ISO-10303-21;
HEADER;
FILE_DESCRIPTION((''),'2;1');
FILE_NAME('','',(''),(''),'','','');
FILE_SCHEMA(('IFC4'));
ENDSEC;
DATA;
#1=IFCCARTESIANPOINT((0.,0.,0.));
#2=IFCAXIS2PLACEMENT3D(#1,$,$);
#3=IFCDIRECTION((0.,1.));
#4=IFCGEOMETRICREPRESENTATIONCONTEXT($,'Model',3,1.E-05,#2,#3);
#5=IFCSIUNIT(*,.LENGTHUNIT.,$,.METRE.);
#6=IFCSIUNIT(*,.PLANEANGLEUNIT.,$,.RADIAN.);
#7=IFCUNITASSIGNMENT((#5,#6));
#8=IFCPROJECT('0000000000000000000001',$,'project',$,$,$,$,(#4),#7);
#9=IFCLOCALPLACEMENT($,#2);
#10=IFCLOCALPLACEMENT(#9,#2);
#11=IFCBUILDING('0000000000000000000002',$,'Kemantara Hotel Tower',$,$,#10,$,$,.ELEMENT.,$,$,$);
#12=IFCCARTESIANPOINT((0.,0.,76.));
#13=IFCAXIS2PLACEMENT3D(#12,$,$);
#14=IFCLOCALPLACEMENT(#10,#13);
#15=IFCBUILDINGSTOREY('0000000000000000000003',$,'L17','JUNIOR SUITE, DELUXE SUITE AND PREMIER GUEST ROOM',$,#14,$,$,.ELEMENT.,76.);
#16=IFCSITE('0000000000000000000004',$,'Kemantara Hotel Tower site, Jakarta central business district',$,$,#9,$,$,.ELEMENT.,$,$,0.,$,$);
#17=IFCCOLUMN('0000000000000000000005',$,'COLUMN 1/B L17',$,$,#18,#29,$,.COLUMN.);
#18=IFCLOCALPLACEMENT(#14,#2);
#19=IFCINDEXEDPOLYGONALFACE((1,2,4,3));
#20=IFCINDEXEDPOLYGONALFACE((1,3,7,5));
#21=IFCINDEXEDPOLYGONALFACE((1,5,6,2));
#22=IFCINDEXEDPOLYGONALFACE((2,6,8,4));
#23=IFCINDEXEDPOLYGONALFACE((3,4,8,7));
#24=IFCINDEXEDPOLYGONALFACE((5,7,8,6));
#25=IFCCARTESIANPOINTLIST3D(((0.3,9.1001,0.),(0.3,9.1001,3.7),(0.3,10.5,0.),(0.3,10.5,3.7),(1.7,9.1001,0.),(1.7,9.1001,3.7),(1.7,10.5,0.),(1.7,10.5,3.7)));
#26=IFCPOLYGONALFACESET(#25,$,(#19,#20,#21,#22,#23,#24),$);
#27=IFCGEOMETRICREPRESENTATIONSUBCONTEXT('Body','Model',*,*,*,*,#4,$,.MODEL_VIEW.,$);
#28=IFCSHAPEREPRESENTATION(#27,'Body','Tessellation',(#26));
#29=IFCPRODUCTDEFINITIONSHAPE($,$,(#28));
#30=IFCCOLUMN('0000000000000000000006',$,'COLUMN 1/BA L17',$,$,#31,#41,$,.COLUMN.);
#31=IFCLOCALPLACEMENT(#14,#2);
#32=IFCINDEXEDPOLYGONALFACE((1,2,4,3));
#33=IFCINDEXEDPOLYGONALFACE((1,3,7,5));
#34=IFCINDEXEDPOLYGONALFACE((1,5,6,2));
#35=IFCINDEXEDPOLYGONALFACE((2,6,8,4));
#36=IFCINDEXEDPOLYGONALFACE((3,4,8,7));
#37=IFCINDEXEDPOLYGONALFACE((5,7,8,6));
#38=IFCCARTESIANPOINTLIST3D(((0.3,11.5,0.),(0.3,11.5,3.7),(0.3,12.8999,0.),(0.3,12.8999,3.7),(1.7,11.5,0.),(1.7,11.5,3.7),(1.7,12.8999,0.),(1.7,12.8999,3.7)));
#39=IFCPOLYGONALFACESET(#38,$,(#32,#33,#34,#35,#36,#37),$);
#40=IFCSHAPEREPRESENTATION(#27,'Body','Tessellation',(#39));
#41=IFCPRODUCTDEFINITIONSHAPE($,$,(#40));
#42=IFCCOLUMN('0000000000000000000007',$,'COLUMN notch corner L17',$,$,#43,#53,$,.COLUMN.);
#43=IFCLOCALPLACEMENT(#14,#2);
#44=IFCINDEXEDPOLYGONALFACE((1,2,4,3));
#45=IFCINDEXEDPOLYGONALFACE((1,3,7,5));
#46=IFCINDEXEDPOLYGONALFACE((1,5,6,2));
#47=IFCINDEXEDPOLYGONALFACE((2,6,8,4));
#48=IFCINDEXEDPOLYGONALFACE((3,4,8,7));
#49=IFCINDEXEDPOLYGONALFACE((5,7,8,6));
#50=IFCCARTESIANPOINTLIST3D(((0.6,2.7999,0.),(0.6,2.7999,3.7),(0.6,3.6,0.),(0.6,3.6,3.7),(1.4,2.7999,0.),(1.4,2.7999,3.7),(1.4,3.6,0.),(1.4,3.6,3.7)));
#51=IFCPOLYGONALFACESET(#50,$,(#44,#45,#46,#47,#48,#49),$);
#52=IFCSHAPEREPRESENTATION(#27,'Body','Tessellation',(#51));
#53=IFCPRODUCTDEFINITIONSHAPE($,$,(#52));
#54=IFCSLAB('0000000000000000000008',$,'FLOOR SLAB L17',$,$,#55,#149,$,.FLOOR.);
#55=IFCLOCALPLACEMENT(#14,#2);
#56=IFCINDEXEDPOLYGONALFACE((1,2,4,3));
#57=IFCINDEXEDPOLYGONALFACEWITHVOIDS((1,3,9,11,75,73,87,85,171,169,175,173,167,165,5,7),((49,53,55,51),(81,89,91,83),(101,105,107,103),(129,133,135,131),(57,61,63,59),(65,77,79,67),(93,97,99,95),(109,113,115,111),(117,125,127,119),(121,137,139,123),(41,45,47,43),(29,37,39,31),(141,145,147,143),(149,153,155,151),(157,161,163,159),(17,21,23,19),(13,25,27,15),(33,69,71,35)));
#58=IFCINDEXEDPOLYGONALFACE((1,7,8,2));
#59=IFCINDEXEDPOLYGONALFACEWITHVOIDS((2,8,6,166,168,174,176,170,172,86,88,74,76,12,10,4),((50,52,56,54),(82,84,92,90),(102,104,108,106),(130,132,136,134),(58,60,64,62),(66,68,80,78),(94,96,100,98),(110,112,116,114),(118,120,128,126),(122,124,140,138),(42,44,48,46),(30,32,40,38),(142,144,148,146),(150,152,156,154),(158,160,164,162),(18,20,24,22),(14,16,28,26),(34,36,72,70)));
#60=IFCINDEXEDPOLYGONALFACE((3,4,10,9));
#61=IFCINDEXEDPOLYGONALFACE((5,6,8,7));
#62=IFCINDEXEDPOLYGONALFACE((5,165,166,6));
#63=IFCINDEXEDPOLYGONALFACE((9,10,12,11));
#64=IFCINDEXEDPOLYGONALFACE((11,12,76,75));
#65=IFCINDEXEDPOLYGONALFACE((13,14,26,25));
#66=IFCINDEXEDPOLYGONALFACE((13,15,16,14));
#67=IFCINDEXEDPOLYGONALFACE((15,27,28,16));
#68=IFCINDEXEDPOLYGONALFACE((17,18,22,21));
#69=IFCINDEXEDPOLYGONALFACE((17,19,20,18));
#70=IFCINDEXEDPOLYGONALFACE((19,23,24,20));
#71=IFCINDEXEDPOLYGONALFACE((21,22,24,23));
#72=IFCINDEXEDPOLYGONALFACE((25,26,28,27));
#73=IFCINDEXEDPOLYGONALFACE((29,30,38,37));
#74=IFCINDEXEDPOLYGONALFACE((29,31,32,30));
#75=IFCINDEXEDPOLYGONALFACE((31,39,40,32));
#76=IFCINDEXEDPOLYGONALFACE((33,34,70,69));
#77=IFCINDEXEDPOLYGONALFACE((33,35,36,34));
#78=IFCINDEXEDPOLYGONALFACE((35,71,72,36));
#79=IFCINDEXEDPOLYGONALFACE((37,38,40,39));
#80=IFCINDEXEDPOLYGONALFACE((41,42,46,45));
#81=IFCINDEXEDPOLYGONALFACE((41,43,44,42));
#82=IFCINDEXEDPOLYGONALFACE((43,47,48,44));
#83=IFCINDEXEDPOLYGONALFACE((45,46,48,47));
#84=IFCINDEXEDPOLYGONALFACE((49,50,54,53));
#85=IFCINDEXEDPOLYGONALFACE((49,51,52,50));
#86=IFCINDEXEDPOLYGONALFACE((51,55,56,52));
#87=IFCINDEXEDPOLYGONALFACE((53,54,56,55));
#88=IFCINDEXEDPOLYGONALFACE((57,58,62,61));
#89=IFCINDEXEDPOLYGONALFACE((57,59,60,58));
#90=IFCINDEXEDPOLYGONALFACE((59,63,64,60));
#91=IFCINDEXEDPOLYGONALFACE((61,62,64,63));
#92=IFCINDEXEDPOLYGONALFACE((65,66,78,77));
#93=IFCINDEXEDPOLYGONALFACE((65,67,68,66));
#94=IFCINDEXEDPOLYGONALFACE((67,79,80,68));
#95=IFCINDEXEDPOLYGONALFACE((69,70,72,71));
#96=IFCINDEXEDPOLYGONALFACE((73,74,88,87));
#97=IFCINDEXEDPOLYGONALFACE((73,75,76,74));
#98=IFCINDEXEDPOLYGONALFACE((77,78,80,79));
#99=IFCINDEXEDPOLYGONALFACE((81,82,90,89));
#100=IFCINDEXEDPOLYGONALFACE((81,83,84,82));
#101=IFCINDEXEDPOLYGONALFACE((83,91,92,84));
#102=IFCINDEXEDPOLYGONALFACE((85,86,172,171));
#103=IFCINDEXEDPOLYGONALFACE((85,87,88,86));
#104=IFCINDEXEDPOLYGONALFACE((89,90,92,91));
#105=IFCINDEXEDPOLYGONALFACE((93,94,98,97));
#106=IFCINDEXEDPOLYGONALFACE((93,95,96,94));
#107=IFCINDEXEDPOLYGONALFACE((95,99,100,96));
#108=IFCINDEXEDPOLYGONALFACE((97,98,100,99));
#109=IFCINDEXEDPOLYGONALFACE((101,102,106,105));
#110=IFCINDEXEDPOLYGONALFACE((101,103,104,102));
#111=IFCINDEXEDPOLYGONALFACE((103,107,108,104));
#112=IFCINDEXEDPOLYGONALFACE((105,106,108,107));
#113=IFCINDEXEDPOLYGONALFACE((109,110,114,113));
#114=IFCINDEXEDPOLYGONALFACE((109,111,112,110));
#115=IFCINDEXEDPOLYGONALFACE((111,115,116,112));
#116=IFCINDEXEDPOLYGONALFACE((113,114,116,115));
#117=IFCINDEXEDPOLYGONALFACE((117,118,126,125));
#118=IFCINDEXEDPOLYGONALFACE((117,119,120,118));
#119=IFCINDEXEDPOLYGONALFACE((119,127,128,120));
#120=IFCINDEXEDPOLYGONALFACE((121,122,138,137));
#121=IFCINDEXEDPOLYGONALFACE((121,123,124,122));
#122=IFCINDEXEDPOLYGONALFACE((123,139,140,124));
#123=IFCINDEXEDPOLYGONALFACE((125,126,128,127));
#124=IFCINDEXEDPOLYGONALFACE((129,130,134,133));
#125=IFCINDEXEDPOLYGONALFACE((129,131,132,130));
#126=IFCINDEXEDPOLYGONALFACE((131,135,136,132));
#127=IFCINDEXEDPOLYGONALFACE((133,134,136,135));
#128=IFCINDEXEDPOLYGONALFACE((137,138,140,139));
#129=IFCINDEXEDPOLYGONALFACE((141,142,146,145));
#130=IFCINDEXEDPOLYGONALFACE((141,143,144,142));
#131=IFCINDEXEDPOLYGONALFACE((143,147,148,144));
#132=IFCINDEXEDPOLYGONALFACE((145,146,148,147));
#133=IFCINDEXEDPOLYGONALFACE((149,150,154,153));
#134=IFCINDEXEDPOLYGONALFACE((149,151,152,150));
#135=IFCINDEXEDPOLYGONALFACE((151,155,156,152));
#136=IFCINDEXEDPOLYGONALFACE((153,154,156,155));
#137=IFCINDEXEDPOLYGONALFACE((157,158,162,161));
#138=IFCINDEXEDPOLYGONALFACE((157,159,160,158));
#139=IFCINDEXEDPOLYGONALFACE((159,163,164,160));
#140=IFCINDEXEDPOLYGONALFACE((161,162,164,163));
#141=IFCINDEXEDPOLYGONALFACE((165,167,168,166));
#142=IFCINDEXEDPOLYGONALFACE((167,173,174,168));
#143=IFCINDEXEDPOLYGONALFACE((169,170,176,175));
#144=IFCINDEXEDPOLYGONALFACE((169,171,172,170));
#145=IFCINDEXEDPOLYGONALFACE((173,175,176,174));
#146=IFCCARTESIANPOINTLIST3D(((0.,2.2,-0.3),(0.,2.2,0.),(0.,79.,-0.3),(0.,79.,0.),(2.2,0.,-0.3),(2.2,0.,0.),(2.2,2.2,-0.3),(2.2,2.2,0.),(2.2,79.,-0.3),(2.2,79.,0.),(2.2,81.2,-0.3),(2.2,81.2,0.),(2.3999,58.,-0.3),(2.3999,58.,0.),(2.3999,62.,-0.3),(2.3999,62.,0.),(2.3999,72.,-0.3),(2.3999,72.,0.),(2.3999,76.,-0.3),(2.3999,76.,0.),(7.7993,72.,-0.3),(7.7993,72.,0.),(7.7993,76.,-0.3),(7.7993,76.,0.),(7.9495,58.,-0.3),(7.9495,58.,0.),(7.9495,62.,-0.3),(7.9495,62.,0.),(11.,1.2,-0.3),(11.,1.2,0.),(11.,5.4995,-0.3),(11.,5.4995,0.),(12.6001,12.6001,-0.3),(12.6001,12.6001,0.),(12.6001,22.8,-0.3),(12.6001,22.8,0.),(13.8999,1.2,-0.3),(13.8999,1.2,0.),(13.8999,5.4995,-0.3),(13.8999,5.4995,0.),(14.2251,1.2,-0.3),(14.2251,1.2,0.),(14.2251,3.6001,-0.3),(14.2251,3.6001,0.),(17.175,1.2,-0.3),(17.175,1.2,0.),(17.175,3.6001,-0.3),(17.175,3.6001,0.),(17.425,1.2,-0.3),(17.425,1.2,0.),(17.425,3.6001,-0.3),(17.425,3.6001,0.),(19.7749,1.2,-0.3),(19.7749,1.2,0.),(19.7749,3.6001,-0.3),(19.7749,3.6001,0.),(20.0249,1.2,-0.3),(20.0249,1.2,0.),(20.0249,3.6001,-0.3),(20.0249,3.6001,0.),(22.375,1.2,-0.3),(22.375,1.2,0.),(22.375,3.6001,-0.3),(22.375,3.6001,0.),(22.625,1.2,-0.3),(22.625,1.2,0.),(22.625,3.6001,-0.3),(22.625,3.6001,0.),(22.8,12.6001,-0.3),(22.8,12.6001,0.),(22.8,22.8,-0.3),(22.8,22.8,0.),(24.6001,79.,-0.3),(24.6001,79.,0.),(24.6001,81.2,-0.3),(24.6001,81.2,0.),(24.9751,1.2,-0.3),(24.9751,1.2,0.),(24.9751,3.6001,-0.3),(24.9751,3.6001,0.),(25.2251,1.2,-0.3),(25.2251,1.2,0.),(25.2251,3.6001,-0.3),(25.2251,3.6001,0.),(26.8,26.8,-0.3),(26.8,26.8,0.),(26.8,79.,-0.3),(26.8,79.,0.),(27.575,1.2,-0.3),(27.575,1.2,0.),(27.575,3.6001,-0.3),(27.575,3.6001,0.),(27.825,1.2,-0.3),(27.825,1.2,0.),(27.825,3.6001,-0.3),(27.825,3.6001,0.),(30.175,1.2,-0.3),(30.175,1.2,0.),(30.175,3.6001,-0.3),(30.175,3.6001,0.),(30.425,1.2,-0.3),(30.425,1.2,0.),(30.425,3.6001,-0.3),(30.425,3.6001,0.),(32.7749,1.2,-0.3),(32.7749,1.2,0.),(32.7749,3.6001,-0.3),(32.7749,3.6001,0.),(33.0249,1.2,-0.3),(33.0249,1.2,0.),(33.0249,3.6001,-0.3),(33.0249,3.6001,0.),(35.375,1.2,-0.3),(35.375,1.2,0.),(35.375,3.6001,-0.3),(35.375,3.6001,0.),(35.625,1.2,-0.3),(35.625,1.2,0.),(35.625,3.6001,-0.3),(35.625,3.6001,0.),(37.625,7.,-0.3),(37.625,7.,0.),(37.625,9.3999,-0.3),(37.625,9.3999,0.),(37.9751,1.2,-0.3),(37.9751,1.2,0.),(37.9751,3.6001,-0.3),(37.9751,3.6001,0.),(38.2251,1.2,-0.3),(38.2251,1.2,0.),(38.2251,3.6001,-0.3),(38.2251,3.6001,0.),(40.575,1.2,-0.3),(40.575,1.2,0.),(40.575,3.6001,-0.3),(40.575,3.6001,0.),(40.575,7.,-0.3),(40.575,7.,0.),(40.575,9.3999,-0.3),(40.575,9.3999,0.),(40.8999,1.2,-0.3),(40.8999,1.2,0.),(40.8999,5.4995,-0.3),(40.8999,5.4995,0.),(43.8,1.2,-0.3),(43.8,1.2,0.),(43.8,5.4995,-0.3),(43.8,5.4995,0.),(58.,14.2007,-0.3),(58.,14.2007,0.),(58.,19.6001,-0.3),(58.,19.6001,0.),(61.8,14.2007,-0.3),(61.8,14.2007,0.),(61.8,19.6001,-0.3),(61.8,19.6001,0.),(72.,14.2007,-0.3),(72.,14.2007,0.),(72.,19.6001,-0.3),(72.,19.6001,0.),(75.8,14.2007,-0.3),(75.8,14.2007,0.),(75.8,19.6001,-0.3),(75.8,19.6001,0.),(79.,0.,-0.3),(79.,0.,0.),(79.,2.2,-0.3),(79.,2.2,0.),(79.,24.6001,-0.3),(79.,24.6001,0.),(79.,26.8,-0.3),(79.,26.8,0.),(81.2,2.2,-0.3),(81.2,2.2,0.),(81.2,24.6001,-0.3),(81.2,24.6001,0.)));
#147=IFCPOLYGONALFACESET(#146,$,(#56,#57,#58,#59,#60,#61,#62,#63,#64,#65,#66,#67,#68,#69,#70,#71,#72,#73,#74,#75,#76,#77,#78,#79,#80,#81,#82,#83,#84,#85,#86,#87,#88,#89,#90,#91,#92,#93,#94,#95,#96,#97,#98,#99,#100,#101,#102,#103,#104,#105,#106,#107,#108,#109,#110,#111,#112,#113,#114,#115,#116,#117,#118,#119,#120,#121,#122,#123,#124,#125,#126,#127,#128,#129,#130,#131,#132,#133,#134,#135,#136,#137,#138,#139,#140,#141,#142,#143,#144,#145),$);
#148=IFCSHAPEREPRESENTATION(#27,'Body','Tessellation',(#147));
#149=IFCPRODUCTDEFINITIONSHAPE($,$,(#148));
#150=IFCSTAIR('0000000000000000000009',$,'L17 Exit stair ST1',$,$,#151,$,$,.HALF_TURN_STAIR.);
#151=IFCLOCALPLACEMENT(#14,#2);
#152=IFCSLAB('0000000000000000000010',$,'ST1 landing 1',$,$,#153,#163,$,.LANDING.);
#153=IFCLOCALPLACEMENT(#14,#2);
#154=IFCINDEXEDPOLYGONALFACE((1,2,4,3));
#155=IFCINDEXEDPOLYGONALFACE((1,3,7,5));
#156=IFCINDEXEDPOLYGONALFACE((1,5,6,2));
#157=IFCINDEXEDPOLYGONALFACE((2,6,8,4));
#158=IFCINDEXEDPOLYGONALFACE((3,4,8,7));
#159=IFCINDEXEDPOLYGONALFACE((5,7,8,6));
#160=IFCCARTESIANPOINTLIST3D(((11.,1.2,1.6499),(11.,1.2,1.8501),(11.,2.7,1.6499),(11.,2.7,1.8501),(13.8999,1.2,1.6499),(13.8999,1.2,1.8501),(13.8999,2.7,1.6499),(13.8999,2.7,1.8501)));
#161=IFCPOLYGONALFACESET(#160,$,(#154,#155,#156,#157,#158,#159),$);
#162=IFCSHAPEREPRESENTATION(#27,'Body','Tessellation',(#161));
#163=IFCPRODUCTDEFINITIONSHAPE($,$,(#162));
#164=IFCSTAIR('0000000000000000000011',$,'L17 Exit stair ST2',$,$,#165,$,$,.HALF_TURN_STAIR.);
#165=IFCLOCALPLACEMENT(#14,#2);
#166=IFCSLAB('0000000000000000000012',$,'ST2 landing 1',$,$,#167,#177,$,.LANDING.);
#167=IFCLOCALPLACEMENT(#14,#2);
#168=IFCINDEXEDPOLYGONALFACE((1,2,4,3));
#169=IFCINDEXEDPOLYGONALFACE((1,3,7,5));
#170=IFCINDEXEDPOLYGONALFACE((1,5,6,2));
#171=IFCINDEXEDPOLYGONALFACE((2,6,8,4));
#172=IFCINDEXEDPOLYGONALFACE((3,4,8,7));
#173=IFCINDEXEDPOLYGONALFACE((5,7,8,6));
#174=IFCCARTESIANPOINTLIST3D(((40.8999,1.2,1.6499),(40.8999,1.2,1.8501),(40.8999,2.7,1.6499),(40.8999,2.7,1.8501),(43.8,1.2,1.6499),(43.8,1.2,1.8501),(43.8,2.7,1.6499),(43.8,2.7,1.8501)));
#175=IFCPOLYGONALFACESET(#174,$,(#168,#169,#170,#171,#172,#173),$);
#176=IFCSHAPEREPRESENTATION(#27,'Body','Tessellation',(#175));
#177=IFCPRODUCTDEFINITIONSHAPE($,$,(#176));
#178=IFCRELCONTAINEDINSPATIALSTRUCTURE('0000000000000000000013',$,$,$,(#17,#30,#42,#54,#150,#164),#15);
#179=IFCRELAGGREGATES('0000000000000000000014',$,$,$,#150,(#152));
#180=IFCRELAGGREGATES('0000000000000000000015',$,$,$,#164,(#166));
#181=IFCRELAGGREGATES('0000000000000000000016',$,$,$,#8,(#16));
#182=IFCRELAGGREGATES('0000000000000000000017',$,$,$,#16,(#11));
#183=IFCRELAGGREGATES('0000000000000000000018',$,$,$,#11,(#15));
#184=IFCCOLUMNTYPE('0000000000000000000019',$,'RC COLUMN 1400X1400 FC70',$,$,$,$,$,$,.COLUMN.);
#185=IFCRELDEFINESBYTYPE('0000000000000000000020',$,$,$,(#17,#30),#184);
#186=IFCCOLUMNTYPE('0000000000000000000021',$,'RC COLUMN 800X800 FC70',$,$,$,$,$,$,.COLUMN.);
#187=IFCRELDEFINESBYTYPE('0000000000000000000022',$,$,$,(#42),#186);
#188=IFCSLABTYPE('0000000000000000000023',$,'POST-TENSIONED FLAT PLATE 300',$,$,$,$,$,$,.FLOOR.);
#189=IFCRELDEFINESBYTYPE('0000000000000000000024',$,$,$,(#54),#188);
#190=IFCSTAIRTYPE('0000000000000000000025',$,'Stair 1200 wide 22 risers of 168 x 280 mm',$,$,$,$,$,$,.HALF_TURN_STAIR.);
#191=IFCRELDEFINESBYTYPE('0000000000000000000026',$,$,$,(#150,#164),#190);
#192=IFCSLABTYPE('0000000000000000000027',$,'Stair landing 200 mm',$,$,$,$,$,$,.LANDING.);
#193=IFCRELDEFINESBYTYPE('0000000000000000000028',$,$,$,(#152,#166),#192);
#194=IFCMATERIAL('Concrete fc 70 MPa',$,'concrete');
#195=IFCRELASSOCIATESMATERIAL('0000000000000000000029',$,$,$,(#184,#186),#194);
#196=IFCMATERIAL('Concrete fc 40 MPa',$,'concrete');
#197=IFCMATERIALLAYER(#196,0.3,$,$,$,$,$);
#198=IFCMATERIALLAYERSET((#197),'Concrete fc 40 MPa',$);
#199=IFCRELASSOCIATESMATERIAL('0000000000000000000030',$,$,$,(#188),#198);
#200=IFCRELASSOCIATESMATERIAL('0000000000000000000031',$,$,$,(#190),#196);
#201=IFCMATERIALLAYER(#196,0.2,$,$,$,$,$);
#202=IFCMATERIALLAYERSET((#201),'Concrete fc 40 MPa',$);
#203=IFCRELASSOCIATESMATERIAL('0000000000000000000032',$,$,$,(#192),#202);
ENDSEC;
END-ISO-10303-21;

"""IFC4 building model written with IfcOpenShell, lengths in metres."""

from ifc_helpers import new_model, si_unit, direction, frame, origin, origin_2d, place, context, subcontext, project, spatial, polyline, rectangle, outline, extrude, material, layer, layer_set, material_profile, profile_set, type_object, element, aggregate, save


model = new_model("IFC4")

# Units and contexts
model_context = context("Model", 3, precision=1e-05, world=origin(), true_north=direction((0.0, 1.0)))
body_context = subcontext(model_context, "Body", "Model", "MODEL_VIEW")
ifc_project = project(units=[si_unit("LENGTHUNIT", "METRE"), si_unit("PLANEANGLEUNIT", "RADIAN")], contexts=[model_context])

# Site, building, storey
site_placement = place(None, origin())
site = spatial("IfcSite", under=ifc_project, at=site_placement, Name="Kemantara Hotel Tower site, Jakarta central business district", CompositionType="ELEMENT", RefElevation=0.0)
building_placement = place(site_placement, origin())
building = spatial("IfcBuilding", under=site, at=building_placement, Name="Kemantara Hotel Tower", CompositionType="ELEMENT")
storey_placement = place(building_placement, frame((0.0, 0.0, 76.0)))
storey = spatial("IfcBuildingStorey", under=building, at=storey_placement, Name="L17", Description="JUNIOR SUITE, DELUXE SUITE AND PREMIER GUEST ROOM", CompositionType="ELEMENT", Elevation=76.0)

# Columns
ifc_material_1 = material(Name="Concrete fc 70 MPa", Category="concrete")
ifc_material_profile_1 = material_profile(ifc_material_1, rectangle(XDim=1.3999, YDim=1.3999, at=origin_2d()), Name="RC 1400X1400")
ifc_profile_set_1 = profile_set([ifc_material_profile_1], Name="Concrete fc 70 MPa")
column_type_1 = type_object("IfcColumnType", Name="RC COLUMN 1400X1400 FC70", PredefinedType="COLUMN", material=ifc_profile_set_1)
for number, where, z_axis, x_axis, name in (
    (1, (1.0, 9.8, 0.0), (0.0, 0.0, 1.0), (1.0, 0.0, 0.0), "COLUMN 1/B L17"),
    (2, (1.0, 12.2, 0.0), (0.0, 0.0, 1.0), (1.0, 0.0, 0.0), "COLUMN 1/BA L17"),
):
    element("IfcColumn", number, at=place(storey_placement, frame(where, z_axis=z_axis, x_axis=x_axis)), inside=storey, type_object=column_type_1, Name=name, PredefinedType="COLUMN", context=body_context, shape_type="SweptSolid", body=[
        extrude(rectangle(XDim=1.3999, YDim=1.3999, at=origin_2d()), origin(), (0.0, 0.0, 1.0), 3.7),
    ])
ifc_material_profile_2 = material_profile(ifc_material_1, rectangle(XDim=0.8, YDim=0.8, at=origin_2d()), Name="RC 800X800")
ifc_profile_set_2 = profile_set([ifc_material_profile_2], Name="Concrete fc 70 MPa")
column_type_2 = type_object("IfcColumnType", Name="RC COLUMN 800X800 FC70", PredefinedType="COLUMN", material=ifc_profile_set_2)
column_placement = place(storey_placement, frame((1.0, 3.2, 0.0), z_axis=(0.0, 0.0, 1.0), x_axis=(1.0, 0.0, 0.0)))
element("IfcColumn", 3, at=column_placement, inside=storey, type_object=column_type_2, Name="COLUMN notch corner L17", PredefinedType="COLUMN", context=body_context, shape_type="SweptSolid", body=[
    extrude(rectangle(XDim=0.8, YDim=0.8, at=origin_2d()), origin(), (0.0, 0.0, 1.0), 3.7),
])

# Slab
ifc_material_2 = material(Name="Concrete fc 40 MPa", Category="concrete")
ifc_layer_1 = layer(ifc_material_2, 0.3)
ifc_layer_set_1 = layer_set([ifc_layer_1], Name="Concrete fc 40 MPa")
slab_type_1 = type_object("IfcSlabType", Name="POST-TENSIONED FLAT PLATE 300", PredefinedType="FLOOR", material=ifc_layer_set_1)
slab_1_placement = place(storey_placement, frame((0.0, 0.0, -0.3)))
element("IfcSlab", 4, at=slab_1_placement, inside=storey, type_object=slab_type_1, Name="FLOOR SLAB L17", PredefinedType="FLOOR", context=body_context, shape_type="SweptSolid", body=[
    extrude(outline(polyline([(0.0, 2.2), (2.2, 2.2), (2.2, 0.0), (79.0, 0.0), (79.0, 2.2), (81.2, 2.2), (81.2, 24.6001), (79.0, 24.6001), (79.0, 26.8), (26.8, 26.8), (26.8, 79.0), (24.6001, 79.0), (24.6001, 81.2), (2.2, 81.2), (2.2, 79.0), (0.0, 79.0), (0.0, 2.2)]), holes=[polyline([(17.175, 1.2), (14.2251, 1.2), (14.2251, 3.6001), (17.175, 3.6001), (17.175, 1.2)]), polyline([(19.7749, 1.2), (17.425, 1.2), (17.425, 3.6001), (19.7749, 3.6001), (19.7749, 1.2)]), polyline([(22.375, 1.2), (20.0249, 1.2), (20.0249, 3.6001), (22.375, 3.6001), (22.375, 1.2)]), polyline([(24.9751, 1.2), (22.625, 1.2), (22.625, 3.6001), (24.9751, 3.6001), (24.9751, 1.2)]), polyline([(27.575, 1.2), (25.2251, 1.2), (25.2251, 3.6001), (27.575, 3.6001), (27.575, 1.2)]), polyline([(11.0, 1.2), (11.0, 5.4995), (13.8999, 5.4995), (13.8999, 1.2), (11.0, 1.2)]), polyline([(22.8, 12.6001), (12.6001, 12.6001), (12.6001, 22.8), (22.8, 22.8), (22.8, 12.6001)]), polyline([(7.9495, 62.0), (7.9495, 58.0), (2.3999, 58.0), (2.3999, 62.0), (7.9495, 62.0)]), polyline([(7.7993, 76.0), (7.7993, 72.0), (2.3999, 72.0), (2.3999, 76.0), (7.7993, 76.0)]), polyline([(30.175, 1.2), (27.825, 1.2), (27.825, 3.6001), (30.175, 3.6001), (30.175, 1.2)]), polyline([(32.7749, 1.2), (30.425, 1.2), (30.425, 3.6001), (32.7749, 3.6001), (32.7749, 1.2)]), polyline([(35.375, 1.2), (33.0249, 1.2), (33.0249, 3.6001), (35.375, 3.6001), (35.375, 1.2)]), polyline([(37.9751, 1.2), (35.625, 1.2), (35.625, 3.6001), (37.9751, 3.6001), (37.9751, 1.2)]), polyline([(40.575, 1.2), (38.2251, 1.2), (38.2251, 3.6001), (40.575, 3.6001), (40.575, 1.2)]), polyline([(40.8999, 1.2), (40.8999, 5.4995), (43.8, 5.4995), (43.8, 1.2), (40.8999, 1.2)]), polyline([(40.575, 7.0), (37.625, 7.0), (37.625, 9.3999), (40.575, 9.3999), (40.575, 7.0)]), polyline([(61.8, 14.2007), (58.0, 14.2007), (58.0, 19.6001), (61.8, 19.6001), (61.8, 14.2007)]), polyline([(75.8, 14.2007), (72.0, 14.2007), (72.0, 19.6001), (75.8, 19.6001), (75.8, 14.2007)])]), origin(), (0.0, 0.0, 1.0), 0.3),
])

# Stairs, slabs
stair_type_1 = type_object("IfcStairType", Name="Stair 1200 wide 22 risers of 168 x 280 mm", PredefinedType="HALF_TURN_STAIR", material=ifc_material_2)
stair_1_placement = place(storey_placement, origin())
stair_1 = element("IfcStair", 5, at=stair_1_placement, inside=storey, type_object=stair_type_1, Name="L17 Exit stair ST1", PredefinedType="HALF_TURN_STAIR")
ifc_layer_2 = layer(ifc_material_2, 0.2)
ifc_layer_set_2 = layer_set([ifc_layer_2], Name="Concrete fc 40 MPa")
slab_type_2 = type_object("IfcSlabType", Name="Stair landing 200 mm", PredefinedType="LANDING", material=ifc_layer_set_2)
slab_2_placement = place(storey_placement, frame((0.0, 0.0, 1.6499)))
slab_2 = element("IfcSlab", 6, at=slab_2_placement, type_object=slab_type_2, Name="ST1 landing 1", PredefinedType="LANDING", context=body_context, shape_type="SweptSolid", body=[
    extrude(outline(polyline([(11.0, 2.7), (11.0, 1.2), (13.8999, 1.2), (13.8999, 2.7), (11.0, 2.7)])), origin(), (0.0, 0.0, 1.0), 0.2002),
])
aggregate(stair_1, [slab_2])
stair_2_placement = place(storey_placement, origin())
stair_2 = element("IfcStair", 7, at=stair_2_placement, inside=storey, type_object=stair_type_1, Name="L17 Exit stair ST2", PredefinedType="HALF_TURN_STAIR")
slab_3_placement = place(storey_placement, frame((0.0, 0.0, 1.6499)))
slab_3 = element("IfcSlab", 8, at=slab_3_placement, type_object=slab_type_2, Name="ST2 landing 1", PredefinedType="LANDING", context=body_context, shape_type="SweptSolid", body=[
    extrude(outline(polyline([(40.8999, 2.7), (40.8999, 1.2), (43.8, 1.2), (43.8, 2.7), (40.8999, 2.7)])), origin(), (0.0, 0.0, 1.0), 0.2002),
])
aggregate(stair_2, [slab_3])

save(model, "model.ifc")
